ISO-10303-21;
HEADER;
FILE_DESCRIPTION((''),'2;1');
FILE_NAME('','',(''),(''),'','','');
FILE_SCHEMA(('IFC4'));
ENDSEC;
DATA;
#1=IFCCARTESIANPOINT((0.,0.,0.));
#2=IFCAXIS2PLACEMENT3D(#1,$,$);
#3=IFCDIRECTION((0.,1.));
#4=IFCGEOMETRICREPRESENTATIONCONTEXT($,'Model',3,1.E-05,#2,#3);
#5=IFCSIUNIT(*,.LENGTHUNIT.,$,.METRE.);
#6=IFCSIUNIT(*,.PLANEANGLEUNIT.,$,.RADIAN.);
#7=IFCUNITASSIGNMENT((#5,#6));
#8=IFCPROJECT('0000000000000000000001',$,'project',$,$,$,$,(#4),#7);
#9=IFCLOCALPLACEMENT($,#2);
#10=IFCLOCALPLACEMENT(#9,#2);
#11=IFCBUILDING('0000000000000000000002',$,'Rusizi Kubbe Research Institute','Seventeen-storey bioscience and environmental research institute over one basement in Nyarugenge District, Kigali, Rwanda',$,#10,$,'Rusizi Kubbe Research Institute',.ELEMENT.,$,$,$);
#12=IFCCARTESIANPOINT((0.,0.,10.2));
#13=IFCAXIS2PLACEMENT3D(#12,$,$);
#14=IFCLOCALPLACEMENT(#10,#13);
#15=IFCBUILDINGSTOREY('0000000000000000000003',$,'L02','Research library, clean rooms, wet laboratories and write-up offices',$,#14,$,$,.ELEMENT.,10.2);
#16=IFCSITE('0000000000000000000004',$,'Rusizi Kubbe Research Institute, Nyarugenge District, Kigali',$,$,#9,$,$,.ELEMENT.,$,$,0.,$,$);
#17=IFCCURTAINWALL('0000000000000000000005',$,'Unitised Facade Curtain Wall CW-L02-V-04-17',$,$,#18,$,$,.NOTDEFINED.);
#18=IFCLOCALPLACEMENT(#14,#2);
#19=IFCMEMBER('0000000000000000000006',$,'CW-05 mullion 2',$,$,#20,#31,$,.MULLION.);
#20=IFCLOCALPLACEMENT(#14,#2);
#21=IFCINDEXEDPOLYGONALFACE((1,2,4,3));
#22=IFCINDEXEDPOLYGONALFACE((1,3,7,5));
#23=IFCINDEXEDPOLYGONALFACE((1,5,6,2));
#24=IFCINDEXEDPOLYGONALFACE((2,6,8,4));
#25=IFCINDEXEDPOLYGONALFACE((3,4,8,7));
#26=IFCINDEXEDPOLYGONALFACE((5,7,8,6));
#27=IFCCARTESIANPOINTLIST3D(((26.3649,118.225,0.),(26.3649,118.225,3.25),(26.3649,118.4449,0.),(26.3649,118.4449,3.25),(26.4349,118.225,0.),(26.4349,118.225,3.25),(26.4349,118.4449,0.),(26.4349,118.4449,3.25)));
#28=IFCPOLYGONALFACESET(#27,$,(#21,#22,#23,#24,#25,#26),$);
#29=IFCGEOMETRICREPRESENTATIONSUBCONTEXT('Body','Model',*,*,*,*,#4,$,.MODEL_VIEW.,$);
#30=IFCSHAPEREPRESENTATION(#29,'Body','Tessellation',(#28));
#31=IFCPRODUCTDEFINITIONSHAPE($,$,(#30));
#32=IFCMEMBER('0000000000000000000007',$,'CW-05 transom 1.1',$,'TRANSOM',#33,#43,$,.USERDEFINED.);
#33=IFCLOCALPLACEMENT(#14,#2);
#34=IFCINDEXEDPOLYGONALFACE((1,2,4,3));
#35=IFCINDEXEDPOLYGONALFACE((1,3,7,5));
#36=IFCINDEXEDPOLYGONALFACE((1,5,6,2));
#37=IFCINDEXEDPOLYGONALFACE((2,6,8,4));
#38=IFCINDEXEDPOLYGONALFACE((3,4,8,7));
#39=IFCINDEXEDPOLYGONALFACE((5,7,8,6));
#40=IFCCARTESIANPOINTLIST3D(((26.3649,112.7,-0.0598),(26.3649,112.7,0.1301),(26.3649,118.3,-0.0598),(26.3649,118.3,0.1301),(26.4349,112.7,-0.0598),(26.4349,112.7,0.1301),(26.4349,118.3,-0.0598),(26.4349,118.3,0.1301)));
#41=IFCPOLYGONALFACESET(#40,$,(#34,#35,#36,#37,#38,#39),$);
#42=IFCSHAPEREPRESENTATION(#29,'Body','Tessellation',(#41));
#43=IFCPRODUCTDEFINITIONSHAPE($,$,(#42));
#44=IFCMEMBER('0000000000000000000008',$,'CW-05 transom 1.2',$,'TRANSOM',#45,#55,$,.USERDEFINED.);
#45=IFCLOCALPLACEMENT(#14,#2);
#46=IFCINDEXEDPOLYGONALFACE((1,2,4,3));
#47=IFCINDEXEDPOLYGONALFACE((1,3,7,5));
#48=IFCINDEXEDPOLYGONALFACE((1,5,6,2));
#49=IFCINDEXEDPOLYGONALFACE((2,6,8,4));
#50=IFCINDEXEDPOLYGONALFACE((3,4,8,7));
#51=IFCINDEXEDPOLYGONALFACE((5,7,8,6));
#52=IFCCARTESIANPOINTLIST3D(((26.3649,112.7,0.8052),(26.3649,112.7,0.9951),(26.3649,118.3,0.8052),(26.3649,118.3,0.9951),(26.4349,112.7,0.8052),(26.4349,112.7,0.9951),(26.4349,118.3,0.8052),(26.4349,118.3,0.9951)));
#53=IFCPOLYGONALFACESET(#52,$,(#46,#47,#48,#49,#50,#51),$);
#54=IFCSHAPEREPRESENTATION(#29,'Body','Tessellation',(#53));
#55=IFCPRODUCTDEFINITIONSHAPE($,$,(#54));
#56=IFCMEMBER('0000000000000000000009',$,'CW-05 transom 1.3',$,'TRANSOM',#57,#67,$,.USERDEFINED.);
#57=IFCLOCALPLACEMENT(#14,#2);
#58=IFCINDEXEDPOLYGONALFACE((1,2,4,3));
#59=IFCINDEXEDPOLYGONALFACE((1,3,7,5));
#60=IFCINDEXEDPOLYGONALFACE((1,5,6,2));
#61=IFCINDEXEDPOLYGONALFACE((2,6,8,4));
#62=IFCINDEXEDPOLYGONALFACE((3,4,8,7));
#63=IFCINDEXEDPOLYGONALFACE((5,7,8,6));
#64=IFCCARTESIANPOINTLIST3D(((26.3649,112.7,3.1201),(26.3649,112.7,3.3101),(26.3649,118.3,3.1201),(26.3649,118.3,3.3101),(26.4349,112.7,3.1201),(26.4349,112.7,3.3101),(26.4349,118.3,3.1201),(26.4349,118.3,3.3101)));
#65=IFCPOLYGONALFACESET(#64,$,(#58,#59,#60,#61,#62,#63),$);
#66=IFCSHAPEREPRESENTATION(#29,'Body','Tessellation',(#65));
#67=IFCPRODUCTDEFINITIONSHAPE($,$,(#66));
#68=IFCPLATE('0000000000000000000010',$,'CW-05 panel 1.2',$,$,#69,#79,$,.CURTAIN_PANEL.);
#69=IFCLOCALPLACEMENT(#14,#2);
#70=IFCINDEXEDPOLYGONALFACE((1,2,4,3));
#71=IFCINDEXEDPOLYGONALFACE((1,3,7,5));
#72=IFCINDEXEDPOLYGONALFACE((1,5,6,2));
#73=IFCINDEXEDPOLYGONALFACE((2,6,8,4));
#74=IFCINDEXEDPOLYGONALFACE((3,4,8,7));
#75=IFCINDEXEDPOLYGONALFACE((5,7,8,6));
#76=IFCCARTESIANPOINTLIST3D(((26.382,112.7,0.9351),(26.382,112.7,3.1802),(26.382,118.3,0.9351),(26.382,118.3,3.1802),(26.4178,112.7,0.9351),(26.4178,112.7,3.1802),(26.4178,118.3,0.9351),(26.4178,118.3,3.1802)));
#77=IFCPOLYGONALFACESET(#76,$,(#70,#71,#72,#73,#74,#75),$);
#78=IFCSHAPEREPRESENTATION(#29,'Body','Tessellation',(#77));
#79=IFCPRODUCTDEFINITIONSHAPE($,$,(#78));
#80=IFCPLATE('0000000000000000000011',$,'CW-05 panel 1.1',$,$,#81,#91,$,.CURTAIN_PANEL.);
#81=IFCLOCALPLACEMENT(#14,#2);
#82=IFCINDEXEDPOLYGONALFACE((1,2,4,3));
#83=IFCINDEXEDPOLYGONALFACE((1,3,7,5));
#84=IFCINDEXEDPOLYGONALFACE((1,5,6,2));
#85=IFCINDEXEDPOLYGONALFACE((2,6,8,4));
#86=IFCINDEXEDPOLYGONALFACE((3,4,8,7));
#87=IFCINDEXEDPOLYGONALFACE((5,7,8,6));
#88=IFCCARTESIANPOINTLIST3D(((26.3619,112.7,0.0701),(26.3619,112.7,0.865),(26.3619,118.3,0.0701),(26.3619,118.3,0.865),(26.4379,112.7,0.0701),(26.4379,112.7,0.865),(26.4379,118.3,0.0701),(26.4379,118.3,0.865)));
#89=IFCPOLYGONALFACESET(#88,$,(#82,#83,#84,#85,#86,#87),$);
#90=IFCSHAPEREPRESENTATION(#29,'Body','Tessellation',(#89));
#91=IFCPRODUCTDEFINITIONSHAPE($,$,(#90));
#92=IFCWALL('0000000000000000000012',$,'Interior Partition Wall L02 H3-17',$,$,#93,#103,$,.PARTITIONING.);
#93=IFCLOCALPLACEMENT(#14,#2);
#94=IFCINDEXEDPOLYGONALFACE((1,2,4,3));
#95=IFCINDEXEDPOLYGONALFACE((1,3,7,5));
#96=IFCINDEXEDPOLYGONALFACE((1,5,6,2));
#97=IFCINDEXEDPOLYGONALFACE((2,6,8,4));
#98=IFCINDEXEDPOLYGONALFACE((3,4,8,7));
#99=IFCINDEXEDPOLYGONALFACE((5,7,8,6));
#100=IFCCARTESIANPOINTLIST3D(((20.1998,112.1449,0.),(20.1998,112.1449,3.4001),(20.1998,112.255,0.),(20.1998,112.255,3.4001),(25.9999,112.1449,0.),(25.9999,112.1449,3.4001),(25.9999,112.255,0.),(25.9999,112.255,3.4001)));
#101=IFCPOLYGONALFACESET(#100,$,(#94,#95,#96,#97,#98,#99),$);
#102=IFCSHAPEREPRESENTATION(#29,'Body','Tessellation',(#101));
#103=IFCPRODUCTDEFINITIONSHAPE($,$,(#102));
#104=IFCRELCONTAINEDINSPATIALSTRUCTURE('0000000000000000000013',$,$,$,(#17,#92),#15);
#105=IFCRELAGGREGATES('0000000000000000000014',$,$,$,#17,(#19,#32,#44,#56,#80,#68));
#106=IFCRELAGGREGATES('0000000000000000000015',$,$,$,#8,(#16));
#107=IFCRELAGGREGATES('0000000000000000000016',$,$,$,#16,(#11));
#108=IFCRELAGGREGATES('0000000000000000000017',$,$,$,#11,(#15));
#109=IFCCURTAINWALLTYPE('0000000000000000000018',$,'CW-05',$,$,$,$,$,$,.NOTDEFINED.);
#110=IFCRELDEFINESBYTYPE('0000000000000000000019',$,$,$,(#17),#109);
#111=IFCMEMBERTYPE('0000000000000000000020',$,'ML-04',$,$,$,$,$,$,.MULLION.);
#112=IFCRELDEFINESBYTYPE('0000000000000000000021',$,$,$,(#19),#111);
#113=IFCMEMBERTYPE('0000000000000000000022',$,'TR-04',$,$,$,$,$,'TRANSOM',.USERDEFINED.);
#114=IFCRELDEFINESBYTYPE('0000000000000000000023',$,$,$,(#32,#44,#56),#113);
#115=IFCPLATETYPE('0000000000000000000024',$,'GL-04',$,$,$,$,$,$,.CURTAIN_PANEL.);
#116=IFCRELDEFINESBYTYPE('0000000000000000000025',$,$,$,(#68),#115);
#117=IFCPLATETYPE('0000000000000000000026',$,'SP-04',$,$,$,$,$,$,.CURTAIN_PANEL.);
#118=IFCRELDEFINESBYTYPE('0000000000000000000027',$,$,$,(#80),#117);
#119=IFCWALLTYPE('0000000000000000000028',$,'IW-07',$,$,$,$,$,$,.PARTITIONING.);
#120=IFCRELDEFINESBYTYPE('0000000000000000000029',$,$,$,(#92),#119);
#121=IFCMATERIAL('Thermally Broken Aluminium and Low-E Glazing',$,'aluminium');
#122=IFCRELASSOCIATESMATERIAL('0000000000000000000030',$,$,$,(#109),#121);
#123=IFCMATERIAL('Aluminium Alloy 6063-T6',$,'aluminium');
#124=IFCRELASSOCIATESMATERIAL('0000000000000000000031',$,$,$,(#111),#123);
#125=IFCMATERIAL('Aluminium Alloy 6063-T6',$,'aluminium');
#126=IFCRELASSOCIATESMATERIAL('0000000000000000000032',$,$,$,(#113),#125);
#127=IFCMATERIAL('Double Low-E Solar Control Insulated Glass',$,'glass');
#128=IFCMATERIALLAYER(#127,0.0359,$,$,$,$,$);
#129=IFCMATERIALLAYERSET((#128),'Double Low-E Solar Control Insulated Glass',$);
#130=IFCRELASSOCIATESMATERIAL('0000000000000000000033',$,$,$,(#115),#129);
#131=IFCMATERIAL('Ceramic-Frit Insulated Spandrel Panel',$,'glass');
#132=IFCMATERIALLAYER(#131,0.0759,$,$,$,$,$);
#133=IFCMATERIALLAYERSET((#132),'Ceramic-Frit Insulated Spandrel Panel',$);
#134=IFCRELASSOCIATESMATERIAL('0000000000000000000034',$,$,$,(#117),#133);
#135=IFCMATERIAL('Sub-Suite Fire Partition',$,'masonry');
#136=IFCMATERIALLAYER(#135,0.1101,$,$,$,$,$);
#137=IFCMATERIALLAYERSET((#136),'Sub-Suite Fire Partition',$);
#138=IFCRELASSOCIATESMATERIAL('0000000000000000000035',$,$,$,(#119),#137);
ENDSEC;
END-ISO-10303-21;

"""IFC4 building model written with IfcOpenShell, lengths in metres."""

from ifc_helpers import new_model, si_unit, direction, frame, frame_2d, origin, origin_2d, place, context, subcontext, project, spatial, rectangle, extrude, material, layer, layer_set, material_profile, profile_set, type_object, element, aggregate, save


model = new_model("IFC4")

# Units and contexts
model_context = context("Model", 3, precision=1e-05, world=origin(), true_north=direction((0.0, 1.0)))
body_context = subcontext(model_context, "Body", "Model", "MODEL_VIEW")
ifc_project = project(units=[si_unit("LENGTHUNIT", "METRE"), si_unit("PLANEANGLEUNIT", "RADIAN")], contexts=[model_context])

# Site, building, storey
site_placement = place(None, origin())
site = spatial("IfcSite", under=ifc_project, at=site_placement, Name="Rusizi Kubbe Research Institute, Nyarugenge District, Kigali", CompositionType="ELEMENT", RefElevation=0.0)
building_placement = place(site_placement, origin())
building = spatial("IfcBuilding", under=site, at=building_placement, Name="Rusizi Kubbe Research Institute", Description="Seventeen-storey bioscience and environmental research institute over one basement in Nyarugenge District, Kigali, Rwanda", LongName="Rusizi Kubbe Research Institute", CompositionType="ELEMENT")
storey_placement = place(building_placement, frame((0.0, 0.0, 10.2)))
storey = spatial("IfcBuildingStorey", under=building, at=storey_placement, Name="L02", Description="Research library, clean rooms, wet laboratories and write-up offices", CompositionType="ELEMENT", Elevation=10.2)

# Curtain wall, members, plates
ifc_material_1 = material(Name="Thermally Broken Aluminium and Low-E Glazing", Category="aluminium")
curtain_wall_type = type_object("IfcCurtainWallType", Name="CW-05", PredefinedType="NOTDEFINED", material=ifc_material_1)
curtain_wall_placement = place(storey_placement, origin())
curtain_wall = element("IfcCurtainWall", 1, at=curtain_wall_placement, inside=storey, type_object=curtain_wall_type, Name="Unitised Facade Curtain Wall CW-L02-V-04-17", PredefinedType="NOTDEFINED")
ifc_material_2 = material(Name="Aluminium Alloy 6063-T6", Category="aluminium")
ifc_material_profile_1 = material_profile(ifc_material_2, rectangle(XDim=0.0701, YDim=0.22, at=origin_2d()), Name="ALU-M 70x220")
ifc_profile_set_1 = profile_set([ifc_material_profile_1], Name="Aluminium Alloy 6063-T6")
member_type_1 = type_object("IfcMemberType", Name="ML-04", PredefinedType="MULLION", material=ifc_profile_set_1)
member_1_placement = place(storey_placement, frame((26.3999, 118.335, 0.0), z_axis=(0.0, 0.0, 1.0), x_axis=(-1.0, 0.0, 0.0)))
member_1 = element("IfcMember", 2, at=member_1_placement, type_object=member_type_1, Name="CW-05 mullion 2", PredefinedType="MULLION", context=body_context, shape_type="SweptSolid", body=[
    extrude(rectangle(XDim=0.0701, YDim=0.22, at=origin_2d()), origin(), (0.0, 0.0, 1.0), 3.25),
])
ifc_material_3 = material(Name="Aluminium Alloy 6063-T6", Category="aluminium")
ifc_material_profile_2 = material_profile(ifc_material_3, rectangle(XDim=0.0701, YDim=0.1899, at=origin_2d()), Name="ALU-T 70x190")
ifc_profile_set_2 = profile_set([ifc_material_profile_2], Name="Aluminium Alloy 6063-T6")
member_type_2 = type_object("IfcMemberType", Name="TR-04", ElementType="TRANSOM", PredefinedType="USERDEFINED", material=ifc_profile_set_2)
member_2_placement = place(storey_placement, frame((26.3999, 112.7, 0.0352), z_axis=(0.0, 1.0, 0.0), x_axis=(-1.0, 0.0, 0.0)))
member_2 = element("IfcMember", 3, at=member_2_placement, type_object=member_type_2, Name="CW-05 transom 1.1", ObjectType="TRANSOM", PredefinedType="USERDEFINED", context=body_context, shape_type="SweptSolid", body=[
    extrude(rectangle(XDim=0.0701, YDim=0.1899, at=origin_2d()), origin(), (0.0, 0.0, 1.0), 5.6001),
])
member_3_placement = place(storey_placement, frame((26.3999, 112.7, 0.9001), z_axis=(0.0, 1.0, 0.0), x_axis=(-1.0, 0.0, 0.0)))
member_3 = element("IfcMember", 4, at=member_3_placement, type_object=member_type_2, Name="CW-05 transom 1.2", ObjectType="TRANSOM", PredefinedType="USERDEFINED", context=body_context, shape_type="SweptSolid", body=[
    extrude(rectangle(XDim=0.0701, YDim=0.1899, at=origin_2d()), origin(), (0.0, 0.0, 1.0), 5.6001),
])
member_4_placement = place(storey_placement, frame((26.3999, 112.7, 3.2151), z_axis=(0.0, 1.0, 0.0), x_axis=(-1.0, 0.0, 0.0)))
member_4 = element("IfcMember", 5, at=member_4_placement, type_object=member_type_2, Name="CW-05 transom 1.3", ObjectType="TRANSOM", PredefinedType="USERDEFINED", context=body_context, shape_type="SweptSolid", body=[
    extrude(rectangle(XDim=0.0701, YDim=0.1899, at=origin_2d()), origin(), (0.0, 0.0, 1.0), 5.6001),
])
ifc_material_4 = material(Name="Double Low-E Solar Control Insulated Glass", Category="glass")
ifc_layer_1 = layer(ifc_material_4, 0.0359)
ifc_layer_set_1 = layer_set([ifc_layer_1], Name="Double Low-E Solar Control Insulated Glass")
plate_type_1 = type_object("IfcPlateType", Name="GL-04", PredefinedType="CURTAIN_PANEL", material=ifc_layer_set_1)
plate_1_placement = place(storey_placement, frame((26.3999, 115.5, 0.9351), z_axis=(0.0, 0.0, 1.0), x_axis=(0.0, 1.0, 0.0)))
plate_1 = element("IfcPlate", 6, at=plate_1_placement, type_object=plate_type_1, Name="CW-05 panel 1.2", PredefinedType="CURTAIN_PANEL", context=body_context, shape_type="SweptSolid", body=[
    extrude(rectangle(XDim=5.6001, YDim=0.0359, at=origin_2d()), origin(), (0.0, 0.0, 1.0), 2.2451),
])
ifc_material_5 = material(Name="Ceramic-Frit Insulated Spandrel Panel", Category="glass")
ifc_layer_2 = layer(ifc_material_5, 0.0759)
ifc_layer_set_2 = layer_set([ifc_layer_2], Name="Ceramic-Frit Insulated Spandrel Panel")
plate_type_2 = type_object("IfcPlateType", Name="SP-04", PredefinedType="CURTAIN_PANEL", material=ifc_layer_set_2)
plate_2_placement = place(storey_placement, frame((26.3999, 115.5, 0.0701), z_axis=(0.0, 0.0, 1.0), x_axis=(0.0, 1.0, 0.0)))
plate_2 = element("IfcPlate", 7, at=plate_2_placement, type_object=plate_type_2, Name="CW-05 panel 1.1", PredefinedType="CURTAIN_PANEL", context=body_context, shape_type="SweptSolid", body=[
    extrude(rectangle(XDim=5.6001, YDim=0.0759, at=origin_2d()), origin(), (0.0, 0.0, 1.0), 0.7949),
])
aggregate(curtain_wall, [member_1, member_2, member_3, member_4, plate_2, plate_1])

# Wall
ifc_material_6 = material(Name="Sub-Suite Fire Partition", Category="masonry")
ifc_layer_3 = layer(ifc_material_6, 0.1101)
ifc_layer_set_3 = layer_set([ifc_layer_3], Name="Sub-Suite Fire Partition")
wall_type = type_object("IfcWallType", Name="IW-07", PredefinedType="PARTITIONING", material=ifc_layer_set_3)
wall_placement = place(storey_placement, frame((20.2, 112.2, 0.0), z_axis=(0.0, 0.0, 1.0), x_axis=(1.0, 0.0, 0.0)))
element("IfcWall", 8, at=wall_placement, inside=storey, type_object=wall_type, Name="Interior Partition Wall L02 H3-17", PredefinedType="PARTITIONING", context=body_context, shape_type="SweptSolid", body=[
    extrude(rectangle(XDim=5.8, YDim=0.1101, at=frame_2d((2.8999, 0.0))), origin(), (0.0, 0.0, 1.0), 3.4001),
])

save(model, "model.ifc")
